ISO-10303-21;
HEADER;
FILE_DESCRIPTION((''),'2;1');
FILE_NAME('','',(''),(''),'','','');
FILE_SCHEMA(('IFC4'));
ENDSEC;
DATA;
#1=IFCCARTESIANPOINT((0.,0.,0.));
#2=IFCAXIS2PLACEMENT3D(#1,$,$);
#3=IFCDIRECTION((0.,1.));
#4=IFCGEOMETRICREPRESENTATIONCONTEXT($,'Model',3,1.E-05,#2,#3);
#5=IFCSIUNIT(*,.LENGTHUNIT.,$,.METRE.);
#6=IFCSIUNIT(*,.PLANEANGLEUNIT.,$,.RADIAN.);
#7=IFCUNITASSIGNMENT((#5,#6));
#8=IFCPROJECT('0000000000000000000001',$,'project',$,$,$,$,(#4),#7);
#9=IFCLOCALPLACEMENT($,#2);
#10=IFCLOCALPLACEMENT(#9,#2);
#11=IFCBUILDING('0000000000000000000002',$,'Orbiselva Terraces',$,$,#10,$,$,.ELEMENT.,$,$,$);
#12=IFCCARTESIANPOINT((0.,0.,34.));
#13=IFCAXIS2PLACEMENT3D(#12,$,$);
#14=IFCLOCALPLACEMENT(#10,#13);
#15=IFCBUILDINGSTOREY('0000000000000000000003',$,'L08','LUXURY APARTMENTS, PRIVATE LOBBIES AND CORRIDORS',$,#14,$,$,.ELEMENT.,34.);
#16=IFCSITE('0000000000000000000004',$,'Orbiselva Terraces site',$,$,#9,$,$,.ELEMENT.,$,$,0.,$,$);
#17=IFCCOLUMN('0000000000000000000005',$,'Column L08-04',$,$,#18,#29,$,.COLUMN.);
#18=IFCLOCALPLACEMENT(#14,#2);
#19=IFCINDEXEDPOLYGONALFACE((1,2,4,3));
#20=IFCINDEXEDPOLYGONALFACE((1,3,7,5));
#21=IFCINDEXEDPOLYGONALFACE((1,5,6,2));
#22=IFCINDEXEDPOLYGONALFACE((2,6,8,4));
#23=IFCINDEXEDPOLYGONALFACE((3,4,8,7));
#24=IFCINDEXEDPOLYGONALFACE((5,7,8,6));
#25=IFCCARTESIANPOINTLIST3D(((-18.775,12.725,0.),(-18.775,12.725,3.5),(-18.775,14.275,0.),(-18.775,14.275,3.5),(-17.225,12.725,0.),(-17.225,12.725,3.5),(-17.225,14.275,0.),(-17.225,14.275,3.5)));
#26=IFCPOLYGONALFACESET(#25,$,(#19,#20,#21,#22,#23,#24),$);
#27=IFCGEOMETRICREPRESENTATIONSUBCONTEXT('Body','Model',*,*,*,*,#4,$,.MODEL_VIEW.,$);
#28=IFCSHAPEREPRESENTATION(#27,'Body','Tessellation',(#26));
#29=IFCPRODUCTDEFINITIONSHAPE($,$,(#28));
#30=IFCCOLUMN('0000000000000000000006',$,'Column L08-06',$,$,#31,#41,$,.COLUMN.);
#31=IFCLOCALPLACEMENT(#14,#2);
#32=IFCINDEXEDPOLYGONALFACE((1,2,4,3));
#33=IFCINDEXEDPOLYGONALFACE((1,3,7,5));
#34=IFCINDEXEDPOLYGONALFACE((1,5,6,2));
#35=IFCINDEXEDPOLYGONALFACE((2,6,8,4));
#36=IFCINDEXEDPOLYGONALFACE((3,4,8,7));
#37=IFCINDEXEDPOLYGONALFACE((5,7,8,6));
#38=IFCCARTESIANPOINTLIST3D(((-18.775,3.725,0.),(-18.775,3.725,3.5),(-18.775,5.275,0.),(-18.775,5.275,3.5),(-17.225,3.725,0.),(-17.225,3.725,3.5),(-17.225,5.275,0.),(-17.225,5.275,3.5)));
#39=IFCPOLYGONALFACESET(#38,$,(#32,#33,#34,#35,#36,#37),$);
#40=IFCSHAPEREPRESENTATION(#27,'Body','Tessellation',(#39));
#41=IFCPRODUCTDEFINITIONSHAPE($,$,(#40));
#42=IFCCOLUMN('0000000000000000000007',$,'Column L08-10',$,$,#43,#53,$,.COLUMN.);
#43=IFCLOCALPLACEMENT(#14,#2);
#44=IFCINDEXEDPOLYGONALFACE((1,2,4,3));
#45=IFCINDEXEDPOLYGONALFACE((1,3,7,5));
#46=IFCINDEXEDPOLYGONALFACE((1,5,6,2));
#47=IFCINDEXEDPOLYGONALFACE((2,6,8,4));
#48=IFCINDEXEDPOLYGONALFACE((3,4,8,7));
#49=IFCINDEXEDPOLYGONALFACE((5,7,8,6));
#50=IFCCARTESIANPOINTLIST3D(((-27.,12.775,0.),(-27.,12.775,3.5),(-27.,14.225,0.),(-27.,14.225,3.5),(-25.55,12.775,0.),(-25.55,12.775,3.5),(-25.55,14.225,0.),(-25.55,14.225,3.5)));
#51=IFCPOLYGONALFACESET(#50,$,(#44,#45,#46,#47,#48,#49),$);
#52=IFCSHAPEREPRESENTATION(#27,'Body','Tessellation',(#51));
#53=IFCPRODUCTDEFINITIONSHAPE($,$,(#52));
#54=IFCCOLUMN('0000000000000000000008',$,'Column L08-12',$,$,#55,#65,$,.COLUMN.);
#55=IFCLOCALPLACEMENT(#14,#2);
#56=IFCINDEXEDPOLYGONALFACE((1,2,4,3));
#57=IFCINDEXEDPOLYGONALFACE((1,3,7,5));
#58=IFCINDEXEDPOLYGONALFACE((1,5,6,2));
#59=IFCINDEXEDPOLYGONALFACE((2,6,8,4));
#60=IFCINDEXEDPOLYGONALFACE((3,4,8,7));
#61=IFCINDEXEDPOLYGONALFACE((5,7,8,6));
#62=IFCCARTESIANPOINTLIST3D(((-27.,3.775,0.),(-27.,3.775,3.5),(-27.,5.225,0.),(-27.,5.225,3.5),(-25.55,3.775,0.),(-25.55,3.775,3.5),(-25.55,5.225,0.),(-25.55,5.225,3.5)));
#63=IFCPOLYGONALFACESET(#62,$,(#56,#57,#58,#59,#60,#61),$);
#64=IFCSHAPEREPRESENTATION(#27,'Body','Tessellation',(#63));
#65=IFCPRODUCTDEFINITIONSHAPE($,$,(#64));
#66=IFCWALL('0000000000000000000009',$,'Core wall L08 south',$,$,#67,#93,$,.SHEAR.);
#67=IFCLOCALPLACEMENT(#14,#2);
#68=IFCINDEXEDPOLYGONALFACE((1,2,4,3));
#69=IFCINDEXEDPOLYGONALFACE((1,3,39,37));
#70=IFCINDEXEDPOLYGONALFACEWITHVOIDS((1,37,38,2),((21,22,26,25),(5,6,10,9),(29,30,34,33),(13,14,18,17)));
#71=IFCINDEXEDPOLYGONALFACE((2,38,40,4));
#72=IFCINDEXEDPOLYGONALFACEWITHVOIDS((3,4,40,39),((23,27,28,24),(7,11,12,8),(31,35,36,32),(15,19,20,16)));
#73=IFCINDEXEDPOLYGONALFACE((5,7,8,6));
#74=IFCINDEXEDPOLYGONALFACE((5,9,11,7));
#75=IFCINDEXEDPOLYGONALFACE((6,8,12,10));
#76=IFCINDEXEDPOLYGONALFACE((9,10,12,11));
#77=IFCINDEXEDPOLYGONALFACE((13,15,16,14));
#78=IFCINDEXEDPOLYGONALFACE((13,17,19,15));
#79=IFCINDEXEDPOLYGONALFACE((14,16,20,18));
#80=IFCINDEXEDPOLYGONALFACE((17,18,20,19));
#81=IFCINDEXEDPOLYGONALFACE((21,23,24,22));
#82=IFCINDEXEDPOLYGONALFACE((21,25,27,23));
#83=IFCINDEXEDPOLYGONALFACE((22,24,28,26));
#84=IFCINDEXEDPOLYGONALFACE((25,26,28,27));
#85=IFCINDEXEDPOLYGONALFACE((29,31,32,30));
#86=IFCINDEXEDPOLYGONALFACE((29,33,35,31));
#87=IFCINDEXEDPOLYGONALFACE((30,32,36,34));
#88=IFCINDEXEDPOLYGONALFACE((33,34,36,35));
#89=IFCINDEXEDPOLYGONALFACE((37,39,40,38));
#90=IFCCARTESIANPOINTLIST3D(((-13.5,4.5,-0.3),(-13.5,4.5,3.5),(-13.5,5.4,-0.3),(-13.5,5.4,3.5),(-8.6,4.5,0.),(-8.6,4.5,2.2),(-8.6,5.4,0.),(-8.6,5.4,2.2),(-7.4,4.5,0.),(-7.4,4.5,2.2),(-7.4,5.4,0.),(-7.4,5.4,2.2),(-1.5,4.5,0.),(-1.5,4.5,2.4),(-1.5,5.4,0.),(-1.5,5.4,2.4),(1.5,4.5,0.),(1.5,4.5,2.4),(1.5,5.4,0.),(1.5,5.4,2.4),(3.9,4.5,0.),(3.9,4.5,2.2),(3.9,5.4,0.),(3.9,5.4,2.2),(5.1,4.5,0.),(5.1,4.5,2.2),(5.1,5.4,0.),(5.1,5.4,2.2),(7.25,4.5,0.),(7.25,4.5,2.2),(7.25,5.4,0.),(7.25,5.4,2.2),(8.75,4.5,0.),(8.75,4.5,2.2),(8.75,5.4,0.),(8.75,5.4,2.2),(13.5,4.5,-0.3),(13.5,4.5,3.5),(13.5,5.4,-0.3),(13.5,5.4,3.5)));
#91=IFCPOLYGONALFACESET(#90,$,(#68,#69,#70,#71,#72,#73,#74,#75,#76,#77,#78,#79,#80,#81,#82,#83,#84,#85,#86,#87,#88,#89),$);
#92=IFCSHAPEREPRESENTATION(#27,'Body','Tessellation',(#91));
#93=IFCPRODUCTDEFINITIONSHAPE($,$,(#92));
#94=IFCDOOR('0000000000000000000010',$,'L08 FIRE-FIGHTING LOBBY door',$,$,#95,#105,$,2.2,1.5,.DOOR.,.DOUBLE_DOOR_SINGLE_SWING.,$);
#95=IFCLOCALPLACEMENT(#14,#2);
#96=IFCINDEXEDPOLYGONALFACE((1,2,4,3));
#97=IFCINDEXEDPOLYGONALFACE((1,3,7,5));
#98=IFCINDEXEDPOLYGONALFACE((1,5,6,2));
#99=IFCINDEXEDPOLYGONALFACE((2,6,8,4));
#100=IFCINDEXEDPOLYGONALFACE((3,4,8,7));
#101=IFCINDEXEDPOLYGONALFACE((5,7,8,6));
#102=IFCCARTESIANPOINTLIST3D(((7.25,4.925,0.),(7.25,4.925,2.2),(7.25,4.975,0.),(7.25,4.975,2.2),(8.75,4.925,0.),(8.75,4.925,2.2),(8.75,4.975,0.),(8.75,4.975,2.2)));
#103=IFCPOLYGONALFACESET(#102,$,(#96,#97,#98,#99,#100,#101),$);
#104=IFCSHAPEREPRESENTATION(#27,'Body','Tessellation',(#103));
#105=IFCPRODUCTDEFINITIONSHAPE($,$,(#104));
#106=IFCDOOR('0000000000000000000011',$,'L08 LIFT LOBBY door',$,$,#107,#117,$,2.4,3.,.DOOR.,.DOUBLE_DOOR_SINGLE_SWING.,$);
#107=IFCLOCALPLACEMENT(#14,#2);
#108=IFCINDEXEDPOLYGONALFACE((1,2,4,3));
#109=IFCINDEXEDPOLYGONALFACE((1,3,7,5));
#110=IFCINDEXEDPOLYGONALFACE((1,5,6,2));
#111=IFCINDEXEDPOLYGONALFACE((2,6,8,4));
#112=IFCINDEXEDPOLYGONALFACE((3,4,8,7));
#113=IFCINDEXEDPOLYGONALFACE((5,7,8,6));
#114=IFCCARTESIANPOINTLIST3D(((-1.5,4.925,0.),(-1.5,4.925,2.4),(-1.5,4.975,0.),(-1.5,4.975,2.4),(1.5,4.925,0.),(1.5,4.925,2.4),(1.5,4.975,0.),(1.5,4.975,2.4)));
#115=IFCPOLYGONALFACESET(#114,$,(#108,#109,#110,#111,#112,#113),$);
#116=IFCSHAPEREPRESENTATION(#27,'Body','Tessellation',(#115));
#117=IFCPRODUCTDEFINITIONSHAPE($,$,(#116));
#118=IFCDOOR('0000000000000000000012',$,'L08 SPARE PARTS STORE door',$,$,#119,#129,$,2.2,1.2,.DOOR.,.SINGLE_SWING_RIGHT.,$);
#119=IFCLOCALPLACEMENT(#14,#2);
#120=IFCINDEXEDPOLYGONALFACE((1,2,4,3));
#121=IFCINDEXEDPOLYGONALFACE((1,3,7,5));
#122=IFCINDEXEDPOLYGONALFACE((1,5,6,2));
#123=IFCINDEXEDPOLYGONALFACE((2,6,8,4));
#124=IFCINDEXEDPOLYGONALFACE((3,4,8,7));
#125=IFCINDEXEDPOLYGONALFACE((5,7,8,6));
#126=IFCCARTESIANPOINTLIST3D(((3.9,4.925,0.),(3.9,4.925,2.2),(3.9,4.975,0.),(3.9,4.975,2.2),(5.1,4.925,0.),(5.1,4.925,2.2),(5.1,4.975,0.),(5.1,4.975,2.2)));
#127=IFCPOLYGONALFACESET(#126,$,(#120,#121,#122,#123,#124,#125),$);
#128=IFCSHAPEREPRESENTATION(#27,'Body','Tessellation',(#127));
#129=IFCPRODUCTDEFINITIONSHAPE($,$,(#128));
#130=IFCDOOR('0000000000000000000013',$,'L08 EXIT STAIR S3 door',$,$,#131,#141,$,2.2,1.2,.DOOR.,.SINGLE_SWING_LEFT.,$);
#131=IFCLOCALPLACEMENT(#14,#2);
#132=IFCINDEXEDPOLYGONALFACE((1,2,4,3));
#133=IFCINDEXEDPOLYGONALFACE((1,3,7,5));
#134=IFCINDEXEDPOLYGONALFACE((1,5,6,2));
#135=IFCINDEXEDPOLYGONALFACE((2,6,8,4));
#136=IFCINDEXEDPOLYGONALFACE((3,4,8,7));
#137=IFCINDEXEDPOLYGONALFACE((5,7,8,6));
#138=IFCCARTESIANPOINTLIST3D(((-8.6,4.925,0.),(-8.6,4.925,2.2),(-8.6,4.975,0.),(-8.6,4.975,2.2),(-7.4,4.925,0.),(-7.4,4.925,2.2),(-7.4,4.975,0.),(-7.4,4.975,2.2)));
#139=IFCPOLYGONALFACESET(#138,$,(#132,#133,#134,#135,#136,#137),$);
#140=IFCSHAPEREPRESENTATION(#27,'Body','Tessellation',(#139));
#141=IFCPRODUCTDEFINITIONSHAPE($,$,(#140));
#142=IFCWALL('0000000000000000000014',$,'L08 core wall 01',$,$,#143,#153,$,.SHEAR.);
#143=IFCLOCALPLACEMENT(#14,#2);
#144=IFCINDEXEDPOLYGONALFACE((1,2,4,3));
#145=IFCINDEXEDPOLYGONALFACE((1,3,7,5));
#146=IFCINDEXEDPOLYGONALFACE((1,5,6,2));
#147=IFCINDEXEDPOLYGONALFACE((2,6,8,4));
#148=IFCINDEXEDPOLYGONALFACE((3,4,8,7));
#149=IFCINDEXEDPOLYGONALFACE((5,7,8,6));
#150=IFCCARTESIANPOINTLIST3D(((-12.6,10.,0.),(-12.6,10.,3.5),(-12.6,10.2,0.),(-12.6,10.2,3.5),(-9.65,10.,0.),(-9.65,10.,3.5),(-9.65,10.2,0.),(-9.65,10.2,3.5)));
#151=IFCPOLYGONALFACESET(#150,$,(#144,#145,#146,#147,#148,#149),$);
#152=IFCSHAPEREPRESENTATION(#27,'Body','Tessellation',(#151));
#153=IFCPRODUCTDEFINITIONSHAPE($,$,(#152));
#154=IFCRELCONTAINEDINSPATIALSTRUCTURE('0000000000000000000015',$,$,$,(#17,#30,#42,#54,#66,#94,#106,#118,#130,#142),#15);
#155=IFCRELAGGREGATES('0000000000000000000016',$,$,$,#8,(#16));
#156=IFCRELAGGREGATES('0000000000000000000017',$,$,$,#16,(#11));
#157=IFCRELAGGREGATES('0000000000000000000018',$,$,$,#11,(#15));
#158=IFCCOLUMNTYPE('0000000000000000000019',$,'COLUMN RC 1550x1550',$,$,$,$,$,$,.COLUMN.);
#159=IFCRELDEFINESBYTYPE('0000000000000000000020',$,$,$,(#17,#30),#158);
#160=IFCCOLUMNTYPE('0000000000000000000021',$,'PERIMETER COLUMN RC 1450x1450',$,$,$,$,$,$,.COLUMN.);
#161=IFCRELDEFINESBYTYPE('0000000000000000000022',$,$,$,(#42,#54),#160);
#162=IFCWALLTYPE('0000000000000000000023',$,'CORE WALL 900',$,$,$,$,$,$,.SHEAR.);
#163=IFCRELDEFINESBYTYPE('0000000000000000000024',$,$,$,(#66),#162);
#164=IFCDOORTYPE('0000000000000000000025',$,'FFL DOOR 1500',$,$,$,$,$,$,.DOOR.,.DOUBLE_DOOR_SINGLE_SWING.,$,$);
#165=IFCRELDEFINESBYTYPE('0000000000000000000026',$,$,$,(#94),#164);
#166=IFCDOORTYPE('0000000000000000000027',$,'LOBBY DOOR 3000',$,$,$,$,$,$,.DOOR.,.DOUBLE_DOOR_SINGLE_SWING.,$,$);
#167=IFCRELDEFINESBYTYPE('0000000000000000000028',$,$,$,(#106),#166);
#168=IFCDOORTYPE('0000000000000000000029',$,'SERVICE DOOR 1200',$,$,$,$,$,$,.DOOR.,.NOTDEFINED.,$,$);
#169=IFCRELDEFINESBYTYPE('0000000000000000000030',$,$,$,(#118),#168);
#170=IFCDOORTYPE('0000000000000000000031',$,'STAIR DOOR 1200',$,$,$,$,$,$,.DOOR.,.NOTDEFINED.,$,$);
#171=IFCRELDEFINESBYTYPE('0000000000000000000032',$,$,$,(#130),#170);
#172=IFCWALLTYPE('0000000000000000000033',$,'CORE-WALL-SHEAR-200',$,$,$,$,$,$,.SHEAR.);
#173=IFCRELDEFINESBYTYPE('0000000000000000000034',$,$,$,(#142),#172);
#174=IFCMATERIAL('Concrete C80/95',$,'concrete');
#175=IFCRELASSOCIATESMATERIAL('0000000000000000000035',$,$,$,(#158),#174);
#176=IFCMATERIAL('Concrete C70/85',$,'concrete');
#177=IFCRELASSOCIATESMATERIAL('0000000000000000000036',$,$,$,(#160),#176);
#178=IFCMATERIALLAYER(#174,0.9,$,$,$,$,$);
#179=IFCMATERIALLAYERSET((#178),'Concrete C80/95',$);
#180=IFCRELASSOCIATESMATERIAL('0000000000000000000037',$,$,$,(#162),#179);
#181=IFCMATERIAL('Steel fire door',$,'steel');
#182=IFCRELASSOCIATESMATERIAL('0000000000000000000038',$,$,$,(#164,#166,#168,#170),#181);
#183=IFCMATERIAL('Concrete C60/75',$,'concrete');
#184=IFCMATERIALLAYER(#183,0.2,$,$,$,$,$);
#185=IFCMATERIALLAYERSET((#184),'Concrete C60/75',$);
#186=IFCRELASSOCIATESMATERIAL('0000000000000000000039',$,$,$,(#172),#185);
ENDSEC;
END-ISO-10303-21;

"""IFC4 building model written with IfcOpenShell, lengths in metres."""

from ifc_helpers import new_model, si_unit, direction, frame, frame_2d, origin, origin_2d, place, context, subcontext, project, spatial, rectangle, extrude, material, layer, layer_set, material_profile, profile_set, type_object, element, fill, save


model = new_model("IFC4")

# Units and contexts
model_context = context("Model", 3, precision=1e-05, world=origin(), true_north=direction((0.0, 1.0)))
body_context = subcontext(model_context, "Body", "Model", "MODEL_VIEW")
ifc_project = project(units=[si_unit("LENGTHUNIT", "METRE"), si_unit("PLANEANGLEUNIT", "RADIAN")], contexts=[model_context])

# Site, building, storey
site_placement = place(None, origin())
site = spatial("IfcSite", under=ifc_project, at=site_placement, Name="Orbiselva Terraces site", CompositionType="ELEMENT", RefElevation=0.0)
building_placement = place(site_placement, origin())
building = spatial("IfcBuilding", under=site, at=building_placement, Name="Orbiselva Terraces", CompositionType="ELEMENT")
storey_placement = place(building_placement, frame((0.0, 0.0, 34.0)))
storey = spatial("IfcBuildingStorey", under=building, at=storey_placement, Name="L08", Description="LUXURY APARTMENTS, PRIVATE LOBBIES AND CORRIDORS", CompositionType="ELEMENT", Elevation=34.0)

# Columns
ifc_material_1 = material(Name="Concrete C80/95", Category="concrete")
ifc_material_profile_1 = material_profile(ifc_material_1, rectangle(XDim=1.55, YDim=1.55, at=origin_2d()), Name="RC 1550x1550")
ifc_profile_set_1 = profile_set([ifc_material_profile_1], Name="Concrete C80/95")
column_type_1 = type_object("IfcColumnType", Name="COLUMN RC 1550x1550", PredefinedType="COLUMN", material=ifc_profile_set_1)
for number, where, z_axis, x_axis, name in (
    (1, (-18.0, 13.5, 0.0), (0.0, 0.0, 1.0), (1.0, 0.0, 0.0), "Column L08-04"),
    (2, (-18.0, 4.5, 0.0), (0.0, 0.0, 1.0), (1.0, 0.0, 0.0), "Column L08-06"),
):
    element("IfcColumn", number, at=place(storey_placement, frame(where, z_axis=z_axis, x_axis=x_axis)), inside=storey, type_object=column_type_1, Name=name, PredefinedType="COLUMN", context=body_context, shape_type="SweptSolid", body=[
        extrude(rectangle(XDim=1.55, YDim=1.55, at=origin_2d()), origin(), (0.0, 0.0, 1.0), 3.5),
    ])
ifc_material_2 = material(Name="Concrete C70/85", Category="concrete")
ifc_material_profile_2 = material_profile(ifc_material_2, rectangle(XDim=1.45, YDim=1.45, at=origin_2d()), Name="RC 1450x1450")
ifc_profile_set_2 = profile_set([ifc_material_profile_2], Name="Concrete C70/85")
column_type_2 = type_object("IfcColumnType", Name="PERIMETER COLUMN RC 1450x1450", PredefinedType="COLUMN", material=ifc_profile_set_2)
for number, where, z_axis, x_axis, name in (
    (3, (-26.275, 13.5, 0.0), (0.0, 0.0, 1.0), (1.0, 0.0, 0.0), "Column L08-10"),
    (4, (-26.275, 4.5, 0.0), (0.0, 0.0, 1.0), (1.0, 0.0, 0.0), "Column L08-12"),
):
    element("IfcColumn", number, at=place(storey_placement, frame(where, z_axis=z_axis, x_axis=x_axis)), inside=storey, type_object=column_type_2, Name=name, PredefinedType="COLUMN", context=body_context, shape_type="SweptSolid", body=[
        extrude(rectangle(XDim=1.45, YDim=1.45, at=origin_2d()), origin(), (0.0, 0.0, 1.0), 3.5),
    ])

# Wall, openings, doors
ifc_layer_1 = layer(ifc_material_1, 0.9)
ifc_layer_set_1 = layer_set([ifc_layer_1], Name="Concrete C80/95")
wall_type_1 = type_object("IfcWallType", Name="CORE WALL 900", PredefinedType="SHEAR", material=ifc_layer_set_1)
wall_1_placement = place(storey_placement, frame((-13.5, 4.95, -0.3), z_axis=(0.0, 0.0, 1.0), x_axis=(1.0, 0.0, 0.0)))
wall_1 = element("IfcWall", 5, at=wall_1_placement, inside=storey, type_object=wall_type_1, Name="Core wall L08 south", PredefinedType="SHEAR", context=body_context, shape_type="SweptSolid", body=[
    extrude(rectangle(XDim=27.0, YDim=0.9, at=frame_2d((13.5, 0.0))), origin(), (0.0, 0.0, 1.0), 3.8),
])
opening_1_placement = place(wall_1_placement, frame((12.0, 0.0, 0.3)))
opening_1 = element("IfcOpeningElement", 6, at=opening_1_placement, cuts=wall_1, PredefinedType="OPENING", context=body_context, shape_type="SweptSolid", body=[
    extrude(rectangle(XDim=3.0, YDim=2.4, at=frame_2d((1.5, 1.2))), frame((0.0, 0.46, 0.0), z_axis=(0.0, -1.0, 0.0), x_axis=(1.0, 0.0, 0.0)), (0.0, 0.0, 1.0), 0.92),
])
opening_2_placement = place(wall_1_placement, frame((4.9, 0.0, 0.3)))
opening_2 = element("IfcOpeningElement", 7, at=opening_2_placement, cuts=wall_1, PredefinedType="OPENING", context=body_context, shape_type="SweptSolid", body=[
    extrude(rectangle(XDim=1.2, YDim=2.2, at=frame_2d((0.6, 1.1))), frame((0.0, 0.46, 0.0), z_axis=(0.0, -1.0, 0.0), x_axis=(1.0, 0.0, 0.0)), (0.0, 0.0, 1.0), 0.92),
])
opening_3_placement = place(wall_1_placement, frame((20.75, 0.0, 0.3)))
opening_3 = element("IfcOpeningElement", 8, at=opening_3_placement, cuts=wall_1, PredefinedType="OPENING", context=body_context, shape_type="SweptSolid", body=[
    extrude(rectangle(XDim=1.5, YDim=2.2, at=frame_2d((0.75, 1.1))), frame((0.0, 0.46, 0.0), z_axis=(0.0, -1.0, 0.0), x_axis=(1.0, 0.0, 0.0)), (0.0, 0.0, 1.0), 0.92),
])
opening_4_placement = place(wall_1_placement, frame((17.4, 0.0, 0.3)))
opening_4 = element("IfcOpeningElement", 9, at=opening_4_placement, cuts=wall_1, PredefinedType="OPENING", context=body_context, shape_type="SweptSolid", body=[
    extrude(rectangle(XDim=1.2, YDim=2.2, at=frame_2d((0.6, 1.1))), frame((0.0, 0.46, 0.0), z_axis=(0.0, -1.0, 0.0), x_axis=(1.0, 0.0, 0.0)), (0.0, 0.0, 1.0), 0.92),
])
ifc_material_3 = material(Name="Steel fire door", Category="steel")
door_type_1 = type_object("IfcDoorType", Name="FFL DOOR 1500", OperationType="DOUBLE_DOOR_SINGLE_SWING", PredefinedType="DOOR", material=ifc_material_3)
door_1_placement = place(opening_3_placement, frame((1.5, 0.0, 0.0), z_axis=(0.0, 0.0, 1.0), x_axis=(-1.0, 0.0, 0.0)))
door_1 = element("IfcDoor", 10, at=door_1_placement, inside=storey, type_object=door_type_1, Name="L08 FIRE-FIGHTING LOBBY door", OperationType="DOUBLE_DOOR_SINGLE_SWING", OverallHeight=2.2, OverallWidth=1.5, PredefinedType="DOOR", context=body_context, shape_type="SweptSolid", body=[
    extrude(rectangle(XDim=1.5, YDim=2.2, at=frame_2d((0.75, 1.1))), frame((0.0, 0.025, 0.0), z_axis=(0.0, -1.0, 0.0), x_axis=(1.0, 0.0, 0.0)), (0.0, 0.0, 1.0), 0.05),
])
fill(opening_3, door_1)
door_type_2 = type_object("IfcDoorType", Name="LOBBY DOOR 3000", OperationType="DOUBLE_DOOR_SINGLE_SWING", PredefinedType="DOOR", material=ifc_material_3)
door_2_placement = place(opening_1_placement, frame((3.0, 0.0, 0.0), z_axis=(0.0, 0.0, 1.0), x_axis=(-1.0, 0.0, 0.0)))
door_2 = element("IfcDoor", 11, at=door_2_placement, inside=storey, type_object=door_type_2, Name="L08 LIFT LOBBY door", OperationType="DOUBLE_DOOR_SINGLE_SWING", OverallHeight=2.4, OverallWidth=3.0, PredefinedType="DOOR", context=body_context, shape_type="SweptSolid", body=[
    extrude(rectangle(XDim=3.0, YDim=2.4, at=frame_2d((1.5, 1.2))), frame((0.0, 0.025, 0.0), z_axis=(0.0, -1.0, 0.0), x_axis=(1.0, 0.0, 0.0)), (0.0, 0.0, 1.0), 0.05),
])
fill(opening_1, door_2)
door_type_3 = type_object("IfcDoorType", Name="SERVICE DOOR 1200", OperationType="NOTDEFINED", PredefinedType="DOOR", material=ifc_material_3)
door_3_placement = place(opening_4_placement, frame((1.2, 0.0, 0.0), z_axis=(0.0, 0.0, 1.0), x_axis=(-1.0, 0.0, 0.0)))
door_3 = element("IfcDoor", 12, at=door_3_placement, inside=storey, type_object=door_type_3, Name="L08 SPARE PARTS STORE door", OperationType="SINGLE_SWING_RIGHT", OverallHeight=2.2, OverallWidth=1.2, PredefinedType="DOOR", context=body_context, shape_type="SweptSolid", body=[
    extrude(rectangle(XDim=1.2, YDim=2.2, at=frame_2d((0.6, 1.1))), frame((0.0, 0.025, 0.0), z_axis=(0.0, -1.0, 0.0), x_axis=(1.0, 0.0, 0.0)), (0.0, 0.0, 1.0), 0.05),
])
fill(opening_4, door_3)
door_type_4 = type_object("IfcDoorType", Name="STAIR DOOR 1200", OperationType="NOTDEFINED", PredefinedType="DOOR", material=ifc_material_3)
door_4_placement = place(opening_2_placement, frame((1.2, 0.0, 0.0), z_axis=(0.0, 0.0, 1.0), x_axis=(-1.0, 0.0, 0.0)))
door_4 = element("IfcDoor", 13, at=door_4_placement, inside=storey, type_object=door_type_4, Name="L08 EXIT STAIR S3 door", OperationType="SINGLE_SWING_LEFT", OverallHeight=2.2, OverallWidth=1.2, PredefinedType="DOOR", context=body_context, shape_type="SweptSolid", body=[
    extrude(rectangle(XDim=1.2, YDim=2.2, at=frame_2d((0.6, 1.1))), frame((0.0, 0.025, 0.0), z_axis=(0.0, -1.0, 0.0), x_axis=(1.0, 0.0, 0.0)), (0.0, 0.0, 1.0), 0.05),
])
fill(opening_2, door_4)

# Wall
ifc_material_4 = material(Name="Concrete C60/75", Category="concrete")
ifc_layer_2 = layer(ifc_material_4, 0.2)
ifc_layer_set_2 = layer_set([ifc_layer_2], Name="Concrete C60/75")
wall_type_2 = type_object("IfcWallType", Name="CORE-WALL-SHEAR-200", PredefinedType="SHEAR", material=ifc_layer_set_2)
wall_2_placement = place(storey_placement, frame((-12.6, 10.1, 0.0), z_axis=(0.0, 0.0, 1.0), x_axis=(1.0, 0.0, 0.0)))
element("IfcWall", 14, at=wall_2_placement, inside=storey, type_object=wall_type_2, Name="L08 core wall 01", PredefinedType="SHEAR", context=body_context, shape_type="SweptSolid", body=[
    extrude(rectangle(XDim=2.95, YDim=0.2, at=frame_2d((1.475, 0.0))), origin(), (0.0, 0.0, 1.0), 3.5),
])

save(model, "model.ifc")
